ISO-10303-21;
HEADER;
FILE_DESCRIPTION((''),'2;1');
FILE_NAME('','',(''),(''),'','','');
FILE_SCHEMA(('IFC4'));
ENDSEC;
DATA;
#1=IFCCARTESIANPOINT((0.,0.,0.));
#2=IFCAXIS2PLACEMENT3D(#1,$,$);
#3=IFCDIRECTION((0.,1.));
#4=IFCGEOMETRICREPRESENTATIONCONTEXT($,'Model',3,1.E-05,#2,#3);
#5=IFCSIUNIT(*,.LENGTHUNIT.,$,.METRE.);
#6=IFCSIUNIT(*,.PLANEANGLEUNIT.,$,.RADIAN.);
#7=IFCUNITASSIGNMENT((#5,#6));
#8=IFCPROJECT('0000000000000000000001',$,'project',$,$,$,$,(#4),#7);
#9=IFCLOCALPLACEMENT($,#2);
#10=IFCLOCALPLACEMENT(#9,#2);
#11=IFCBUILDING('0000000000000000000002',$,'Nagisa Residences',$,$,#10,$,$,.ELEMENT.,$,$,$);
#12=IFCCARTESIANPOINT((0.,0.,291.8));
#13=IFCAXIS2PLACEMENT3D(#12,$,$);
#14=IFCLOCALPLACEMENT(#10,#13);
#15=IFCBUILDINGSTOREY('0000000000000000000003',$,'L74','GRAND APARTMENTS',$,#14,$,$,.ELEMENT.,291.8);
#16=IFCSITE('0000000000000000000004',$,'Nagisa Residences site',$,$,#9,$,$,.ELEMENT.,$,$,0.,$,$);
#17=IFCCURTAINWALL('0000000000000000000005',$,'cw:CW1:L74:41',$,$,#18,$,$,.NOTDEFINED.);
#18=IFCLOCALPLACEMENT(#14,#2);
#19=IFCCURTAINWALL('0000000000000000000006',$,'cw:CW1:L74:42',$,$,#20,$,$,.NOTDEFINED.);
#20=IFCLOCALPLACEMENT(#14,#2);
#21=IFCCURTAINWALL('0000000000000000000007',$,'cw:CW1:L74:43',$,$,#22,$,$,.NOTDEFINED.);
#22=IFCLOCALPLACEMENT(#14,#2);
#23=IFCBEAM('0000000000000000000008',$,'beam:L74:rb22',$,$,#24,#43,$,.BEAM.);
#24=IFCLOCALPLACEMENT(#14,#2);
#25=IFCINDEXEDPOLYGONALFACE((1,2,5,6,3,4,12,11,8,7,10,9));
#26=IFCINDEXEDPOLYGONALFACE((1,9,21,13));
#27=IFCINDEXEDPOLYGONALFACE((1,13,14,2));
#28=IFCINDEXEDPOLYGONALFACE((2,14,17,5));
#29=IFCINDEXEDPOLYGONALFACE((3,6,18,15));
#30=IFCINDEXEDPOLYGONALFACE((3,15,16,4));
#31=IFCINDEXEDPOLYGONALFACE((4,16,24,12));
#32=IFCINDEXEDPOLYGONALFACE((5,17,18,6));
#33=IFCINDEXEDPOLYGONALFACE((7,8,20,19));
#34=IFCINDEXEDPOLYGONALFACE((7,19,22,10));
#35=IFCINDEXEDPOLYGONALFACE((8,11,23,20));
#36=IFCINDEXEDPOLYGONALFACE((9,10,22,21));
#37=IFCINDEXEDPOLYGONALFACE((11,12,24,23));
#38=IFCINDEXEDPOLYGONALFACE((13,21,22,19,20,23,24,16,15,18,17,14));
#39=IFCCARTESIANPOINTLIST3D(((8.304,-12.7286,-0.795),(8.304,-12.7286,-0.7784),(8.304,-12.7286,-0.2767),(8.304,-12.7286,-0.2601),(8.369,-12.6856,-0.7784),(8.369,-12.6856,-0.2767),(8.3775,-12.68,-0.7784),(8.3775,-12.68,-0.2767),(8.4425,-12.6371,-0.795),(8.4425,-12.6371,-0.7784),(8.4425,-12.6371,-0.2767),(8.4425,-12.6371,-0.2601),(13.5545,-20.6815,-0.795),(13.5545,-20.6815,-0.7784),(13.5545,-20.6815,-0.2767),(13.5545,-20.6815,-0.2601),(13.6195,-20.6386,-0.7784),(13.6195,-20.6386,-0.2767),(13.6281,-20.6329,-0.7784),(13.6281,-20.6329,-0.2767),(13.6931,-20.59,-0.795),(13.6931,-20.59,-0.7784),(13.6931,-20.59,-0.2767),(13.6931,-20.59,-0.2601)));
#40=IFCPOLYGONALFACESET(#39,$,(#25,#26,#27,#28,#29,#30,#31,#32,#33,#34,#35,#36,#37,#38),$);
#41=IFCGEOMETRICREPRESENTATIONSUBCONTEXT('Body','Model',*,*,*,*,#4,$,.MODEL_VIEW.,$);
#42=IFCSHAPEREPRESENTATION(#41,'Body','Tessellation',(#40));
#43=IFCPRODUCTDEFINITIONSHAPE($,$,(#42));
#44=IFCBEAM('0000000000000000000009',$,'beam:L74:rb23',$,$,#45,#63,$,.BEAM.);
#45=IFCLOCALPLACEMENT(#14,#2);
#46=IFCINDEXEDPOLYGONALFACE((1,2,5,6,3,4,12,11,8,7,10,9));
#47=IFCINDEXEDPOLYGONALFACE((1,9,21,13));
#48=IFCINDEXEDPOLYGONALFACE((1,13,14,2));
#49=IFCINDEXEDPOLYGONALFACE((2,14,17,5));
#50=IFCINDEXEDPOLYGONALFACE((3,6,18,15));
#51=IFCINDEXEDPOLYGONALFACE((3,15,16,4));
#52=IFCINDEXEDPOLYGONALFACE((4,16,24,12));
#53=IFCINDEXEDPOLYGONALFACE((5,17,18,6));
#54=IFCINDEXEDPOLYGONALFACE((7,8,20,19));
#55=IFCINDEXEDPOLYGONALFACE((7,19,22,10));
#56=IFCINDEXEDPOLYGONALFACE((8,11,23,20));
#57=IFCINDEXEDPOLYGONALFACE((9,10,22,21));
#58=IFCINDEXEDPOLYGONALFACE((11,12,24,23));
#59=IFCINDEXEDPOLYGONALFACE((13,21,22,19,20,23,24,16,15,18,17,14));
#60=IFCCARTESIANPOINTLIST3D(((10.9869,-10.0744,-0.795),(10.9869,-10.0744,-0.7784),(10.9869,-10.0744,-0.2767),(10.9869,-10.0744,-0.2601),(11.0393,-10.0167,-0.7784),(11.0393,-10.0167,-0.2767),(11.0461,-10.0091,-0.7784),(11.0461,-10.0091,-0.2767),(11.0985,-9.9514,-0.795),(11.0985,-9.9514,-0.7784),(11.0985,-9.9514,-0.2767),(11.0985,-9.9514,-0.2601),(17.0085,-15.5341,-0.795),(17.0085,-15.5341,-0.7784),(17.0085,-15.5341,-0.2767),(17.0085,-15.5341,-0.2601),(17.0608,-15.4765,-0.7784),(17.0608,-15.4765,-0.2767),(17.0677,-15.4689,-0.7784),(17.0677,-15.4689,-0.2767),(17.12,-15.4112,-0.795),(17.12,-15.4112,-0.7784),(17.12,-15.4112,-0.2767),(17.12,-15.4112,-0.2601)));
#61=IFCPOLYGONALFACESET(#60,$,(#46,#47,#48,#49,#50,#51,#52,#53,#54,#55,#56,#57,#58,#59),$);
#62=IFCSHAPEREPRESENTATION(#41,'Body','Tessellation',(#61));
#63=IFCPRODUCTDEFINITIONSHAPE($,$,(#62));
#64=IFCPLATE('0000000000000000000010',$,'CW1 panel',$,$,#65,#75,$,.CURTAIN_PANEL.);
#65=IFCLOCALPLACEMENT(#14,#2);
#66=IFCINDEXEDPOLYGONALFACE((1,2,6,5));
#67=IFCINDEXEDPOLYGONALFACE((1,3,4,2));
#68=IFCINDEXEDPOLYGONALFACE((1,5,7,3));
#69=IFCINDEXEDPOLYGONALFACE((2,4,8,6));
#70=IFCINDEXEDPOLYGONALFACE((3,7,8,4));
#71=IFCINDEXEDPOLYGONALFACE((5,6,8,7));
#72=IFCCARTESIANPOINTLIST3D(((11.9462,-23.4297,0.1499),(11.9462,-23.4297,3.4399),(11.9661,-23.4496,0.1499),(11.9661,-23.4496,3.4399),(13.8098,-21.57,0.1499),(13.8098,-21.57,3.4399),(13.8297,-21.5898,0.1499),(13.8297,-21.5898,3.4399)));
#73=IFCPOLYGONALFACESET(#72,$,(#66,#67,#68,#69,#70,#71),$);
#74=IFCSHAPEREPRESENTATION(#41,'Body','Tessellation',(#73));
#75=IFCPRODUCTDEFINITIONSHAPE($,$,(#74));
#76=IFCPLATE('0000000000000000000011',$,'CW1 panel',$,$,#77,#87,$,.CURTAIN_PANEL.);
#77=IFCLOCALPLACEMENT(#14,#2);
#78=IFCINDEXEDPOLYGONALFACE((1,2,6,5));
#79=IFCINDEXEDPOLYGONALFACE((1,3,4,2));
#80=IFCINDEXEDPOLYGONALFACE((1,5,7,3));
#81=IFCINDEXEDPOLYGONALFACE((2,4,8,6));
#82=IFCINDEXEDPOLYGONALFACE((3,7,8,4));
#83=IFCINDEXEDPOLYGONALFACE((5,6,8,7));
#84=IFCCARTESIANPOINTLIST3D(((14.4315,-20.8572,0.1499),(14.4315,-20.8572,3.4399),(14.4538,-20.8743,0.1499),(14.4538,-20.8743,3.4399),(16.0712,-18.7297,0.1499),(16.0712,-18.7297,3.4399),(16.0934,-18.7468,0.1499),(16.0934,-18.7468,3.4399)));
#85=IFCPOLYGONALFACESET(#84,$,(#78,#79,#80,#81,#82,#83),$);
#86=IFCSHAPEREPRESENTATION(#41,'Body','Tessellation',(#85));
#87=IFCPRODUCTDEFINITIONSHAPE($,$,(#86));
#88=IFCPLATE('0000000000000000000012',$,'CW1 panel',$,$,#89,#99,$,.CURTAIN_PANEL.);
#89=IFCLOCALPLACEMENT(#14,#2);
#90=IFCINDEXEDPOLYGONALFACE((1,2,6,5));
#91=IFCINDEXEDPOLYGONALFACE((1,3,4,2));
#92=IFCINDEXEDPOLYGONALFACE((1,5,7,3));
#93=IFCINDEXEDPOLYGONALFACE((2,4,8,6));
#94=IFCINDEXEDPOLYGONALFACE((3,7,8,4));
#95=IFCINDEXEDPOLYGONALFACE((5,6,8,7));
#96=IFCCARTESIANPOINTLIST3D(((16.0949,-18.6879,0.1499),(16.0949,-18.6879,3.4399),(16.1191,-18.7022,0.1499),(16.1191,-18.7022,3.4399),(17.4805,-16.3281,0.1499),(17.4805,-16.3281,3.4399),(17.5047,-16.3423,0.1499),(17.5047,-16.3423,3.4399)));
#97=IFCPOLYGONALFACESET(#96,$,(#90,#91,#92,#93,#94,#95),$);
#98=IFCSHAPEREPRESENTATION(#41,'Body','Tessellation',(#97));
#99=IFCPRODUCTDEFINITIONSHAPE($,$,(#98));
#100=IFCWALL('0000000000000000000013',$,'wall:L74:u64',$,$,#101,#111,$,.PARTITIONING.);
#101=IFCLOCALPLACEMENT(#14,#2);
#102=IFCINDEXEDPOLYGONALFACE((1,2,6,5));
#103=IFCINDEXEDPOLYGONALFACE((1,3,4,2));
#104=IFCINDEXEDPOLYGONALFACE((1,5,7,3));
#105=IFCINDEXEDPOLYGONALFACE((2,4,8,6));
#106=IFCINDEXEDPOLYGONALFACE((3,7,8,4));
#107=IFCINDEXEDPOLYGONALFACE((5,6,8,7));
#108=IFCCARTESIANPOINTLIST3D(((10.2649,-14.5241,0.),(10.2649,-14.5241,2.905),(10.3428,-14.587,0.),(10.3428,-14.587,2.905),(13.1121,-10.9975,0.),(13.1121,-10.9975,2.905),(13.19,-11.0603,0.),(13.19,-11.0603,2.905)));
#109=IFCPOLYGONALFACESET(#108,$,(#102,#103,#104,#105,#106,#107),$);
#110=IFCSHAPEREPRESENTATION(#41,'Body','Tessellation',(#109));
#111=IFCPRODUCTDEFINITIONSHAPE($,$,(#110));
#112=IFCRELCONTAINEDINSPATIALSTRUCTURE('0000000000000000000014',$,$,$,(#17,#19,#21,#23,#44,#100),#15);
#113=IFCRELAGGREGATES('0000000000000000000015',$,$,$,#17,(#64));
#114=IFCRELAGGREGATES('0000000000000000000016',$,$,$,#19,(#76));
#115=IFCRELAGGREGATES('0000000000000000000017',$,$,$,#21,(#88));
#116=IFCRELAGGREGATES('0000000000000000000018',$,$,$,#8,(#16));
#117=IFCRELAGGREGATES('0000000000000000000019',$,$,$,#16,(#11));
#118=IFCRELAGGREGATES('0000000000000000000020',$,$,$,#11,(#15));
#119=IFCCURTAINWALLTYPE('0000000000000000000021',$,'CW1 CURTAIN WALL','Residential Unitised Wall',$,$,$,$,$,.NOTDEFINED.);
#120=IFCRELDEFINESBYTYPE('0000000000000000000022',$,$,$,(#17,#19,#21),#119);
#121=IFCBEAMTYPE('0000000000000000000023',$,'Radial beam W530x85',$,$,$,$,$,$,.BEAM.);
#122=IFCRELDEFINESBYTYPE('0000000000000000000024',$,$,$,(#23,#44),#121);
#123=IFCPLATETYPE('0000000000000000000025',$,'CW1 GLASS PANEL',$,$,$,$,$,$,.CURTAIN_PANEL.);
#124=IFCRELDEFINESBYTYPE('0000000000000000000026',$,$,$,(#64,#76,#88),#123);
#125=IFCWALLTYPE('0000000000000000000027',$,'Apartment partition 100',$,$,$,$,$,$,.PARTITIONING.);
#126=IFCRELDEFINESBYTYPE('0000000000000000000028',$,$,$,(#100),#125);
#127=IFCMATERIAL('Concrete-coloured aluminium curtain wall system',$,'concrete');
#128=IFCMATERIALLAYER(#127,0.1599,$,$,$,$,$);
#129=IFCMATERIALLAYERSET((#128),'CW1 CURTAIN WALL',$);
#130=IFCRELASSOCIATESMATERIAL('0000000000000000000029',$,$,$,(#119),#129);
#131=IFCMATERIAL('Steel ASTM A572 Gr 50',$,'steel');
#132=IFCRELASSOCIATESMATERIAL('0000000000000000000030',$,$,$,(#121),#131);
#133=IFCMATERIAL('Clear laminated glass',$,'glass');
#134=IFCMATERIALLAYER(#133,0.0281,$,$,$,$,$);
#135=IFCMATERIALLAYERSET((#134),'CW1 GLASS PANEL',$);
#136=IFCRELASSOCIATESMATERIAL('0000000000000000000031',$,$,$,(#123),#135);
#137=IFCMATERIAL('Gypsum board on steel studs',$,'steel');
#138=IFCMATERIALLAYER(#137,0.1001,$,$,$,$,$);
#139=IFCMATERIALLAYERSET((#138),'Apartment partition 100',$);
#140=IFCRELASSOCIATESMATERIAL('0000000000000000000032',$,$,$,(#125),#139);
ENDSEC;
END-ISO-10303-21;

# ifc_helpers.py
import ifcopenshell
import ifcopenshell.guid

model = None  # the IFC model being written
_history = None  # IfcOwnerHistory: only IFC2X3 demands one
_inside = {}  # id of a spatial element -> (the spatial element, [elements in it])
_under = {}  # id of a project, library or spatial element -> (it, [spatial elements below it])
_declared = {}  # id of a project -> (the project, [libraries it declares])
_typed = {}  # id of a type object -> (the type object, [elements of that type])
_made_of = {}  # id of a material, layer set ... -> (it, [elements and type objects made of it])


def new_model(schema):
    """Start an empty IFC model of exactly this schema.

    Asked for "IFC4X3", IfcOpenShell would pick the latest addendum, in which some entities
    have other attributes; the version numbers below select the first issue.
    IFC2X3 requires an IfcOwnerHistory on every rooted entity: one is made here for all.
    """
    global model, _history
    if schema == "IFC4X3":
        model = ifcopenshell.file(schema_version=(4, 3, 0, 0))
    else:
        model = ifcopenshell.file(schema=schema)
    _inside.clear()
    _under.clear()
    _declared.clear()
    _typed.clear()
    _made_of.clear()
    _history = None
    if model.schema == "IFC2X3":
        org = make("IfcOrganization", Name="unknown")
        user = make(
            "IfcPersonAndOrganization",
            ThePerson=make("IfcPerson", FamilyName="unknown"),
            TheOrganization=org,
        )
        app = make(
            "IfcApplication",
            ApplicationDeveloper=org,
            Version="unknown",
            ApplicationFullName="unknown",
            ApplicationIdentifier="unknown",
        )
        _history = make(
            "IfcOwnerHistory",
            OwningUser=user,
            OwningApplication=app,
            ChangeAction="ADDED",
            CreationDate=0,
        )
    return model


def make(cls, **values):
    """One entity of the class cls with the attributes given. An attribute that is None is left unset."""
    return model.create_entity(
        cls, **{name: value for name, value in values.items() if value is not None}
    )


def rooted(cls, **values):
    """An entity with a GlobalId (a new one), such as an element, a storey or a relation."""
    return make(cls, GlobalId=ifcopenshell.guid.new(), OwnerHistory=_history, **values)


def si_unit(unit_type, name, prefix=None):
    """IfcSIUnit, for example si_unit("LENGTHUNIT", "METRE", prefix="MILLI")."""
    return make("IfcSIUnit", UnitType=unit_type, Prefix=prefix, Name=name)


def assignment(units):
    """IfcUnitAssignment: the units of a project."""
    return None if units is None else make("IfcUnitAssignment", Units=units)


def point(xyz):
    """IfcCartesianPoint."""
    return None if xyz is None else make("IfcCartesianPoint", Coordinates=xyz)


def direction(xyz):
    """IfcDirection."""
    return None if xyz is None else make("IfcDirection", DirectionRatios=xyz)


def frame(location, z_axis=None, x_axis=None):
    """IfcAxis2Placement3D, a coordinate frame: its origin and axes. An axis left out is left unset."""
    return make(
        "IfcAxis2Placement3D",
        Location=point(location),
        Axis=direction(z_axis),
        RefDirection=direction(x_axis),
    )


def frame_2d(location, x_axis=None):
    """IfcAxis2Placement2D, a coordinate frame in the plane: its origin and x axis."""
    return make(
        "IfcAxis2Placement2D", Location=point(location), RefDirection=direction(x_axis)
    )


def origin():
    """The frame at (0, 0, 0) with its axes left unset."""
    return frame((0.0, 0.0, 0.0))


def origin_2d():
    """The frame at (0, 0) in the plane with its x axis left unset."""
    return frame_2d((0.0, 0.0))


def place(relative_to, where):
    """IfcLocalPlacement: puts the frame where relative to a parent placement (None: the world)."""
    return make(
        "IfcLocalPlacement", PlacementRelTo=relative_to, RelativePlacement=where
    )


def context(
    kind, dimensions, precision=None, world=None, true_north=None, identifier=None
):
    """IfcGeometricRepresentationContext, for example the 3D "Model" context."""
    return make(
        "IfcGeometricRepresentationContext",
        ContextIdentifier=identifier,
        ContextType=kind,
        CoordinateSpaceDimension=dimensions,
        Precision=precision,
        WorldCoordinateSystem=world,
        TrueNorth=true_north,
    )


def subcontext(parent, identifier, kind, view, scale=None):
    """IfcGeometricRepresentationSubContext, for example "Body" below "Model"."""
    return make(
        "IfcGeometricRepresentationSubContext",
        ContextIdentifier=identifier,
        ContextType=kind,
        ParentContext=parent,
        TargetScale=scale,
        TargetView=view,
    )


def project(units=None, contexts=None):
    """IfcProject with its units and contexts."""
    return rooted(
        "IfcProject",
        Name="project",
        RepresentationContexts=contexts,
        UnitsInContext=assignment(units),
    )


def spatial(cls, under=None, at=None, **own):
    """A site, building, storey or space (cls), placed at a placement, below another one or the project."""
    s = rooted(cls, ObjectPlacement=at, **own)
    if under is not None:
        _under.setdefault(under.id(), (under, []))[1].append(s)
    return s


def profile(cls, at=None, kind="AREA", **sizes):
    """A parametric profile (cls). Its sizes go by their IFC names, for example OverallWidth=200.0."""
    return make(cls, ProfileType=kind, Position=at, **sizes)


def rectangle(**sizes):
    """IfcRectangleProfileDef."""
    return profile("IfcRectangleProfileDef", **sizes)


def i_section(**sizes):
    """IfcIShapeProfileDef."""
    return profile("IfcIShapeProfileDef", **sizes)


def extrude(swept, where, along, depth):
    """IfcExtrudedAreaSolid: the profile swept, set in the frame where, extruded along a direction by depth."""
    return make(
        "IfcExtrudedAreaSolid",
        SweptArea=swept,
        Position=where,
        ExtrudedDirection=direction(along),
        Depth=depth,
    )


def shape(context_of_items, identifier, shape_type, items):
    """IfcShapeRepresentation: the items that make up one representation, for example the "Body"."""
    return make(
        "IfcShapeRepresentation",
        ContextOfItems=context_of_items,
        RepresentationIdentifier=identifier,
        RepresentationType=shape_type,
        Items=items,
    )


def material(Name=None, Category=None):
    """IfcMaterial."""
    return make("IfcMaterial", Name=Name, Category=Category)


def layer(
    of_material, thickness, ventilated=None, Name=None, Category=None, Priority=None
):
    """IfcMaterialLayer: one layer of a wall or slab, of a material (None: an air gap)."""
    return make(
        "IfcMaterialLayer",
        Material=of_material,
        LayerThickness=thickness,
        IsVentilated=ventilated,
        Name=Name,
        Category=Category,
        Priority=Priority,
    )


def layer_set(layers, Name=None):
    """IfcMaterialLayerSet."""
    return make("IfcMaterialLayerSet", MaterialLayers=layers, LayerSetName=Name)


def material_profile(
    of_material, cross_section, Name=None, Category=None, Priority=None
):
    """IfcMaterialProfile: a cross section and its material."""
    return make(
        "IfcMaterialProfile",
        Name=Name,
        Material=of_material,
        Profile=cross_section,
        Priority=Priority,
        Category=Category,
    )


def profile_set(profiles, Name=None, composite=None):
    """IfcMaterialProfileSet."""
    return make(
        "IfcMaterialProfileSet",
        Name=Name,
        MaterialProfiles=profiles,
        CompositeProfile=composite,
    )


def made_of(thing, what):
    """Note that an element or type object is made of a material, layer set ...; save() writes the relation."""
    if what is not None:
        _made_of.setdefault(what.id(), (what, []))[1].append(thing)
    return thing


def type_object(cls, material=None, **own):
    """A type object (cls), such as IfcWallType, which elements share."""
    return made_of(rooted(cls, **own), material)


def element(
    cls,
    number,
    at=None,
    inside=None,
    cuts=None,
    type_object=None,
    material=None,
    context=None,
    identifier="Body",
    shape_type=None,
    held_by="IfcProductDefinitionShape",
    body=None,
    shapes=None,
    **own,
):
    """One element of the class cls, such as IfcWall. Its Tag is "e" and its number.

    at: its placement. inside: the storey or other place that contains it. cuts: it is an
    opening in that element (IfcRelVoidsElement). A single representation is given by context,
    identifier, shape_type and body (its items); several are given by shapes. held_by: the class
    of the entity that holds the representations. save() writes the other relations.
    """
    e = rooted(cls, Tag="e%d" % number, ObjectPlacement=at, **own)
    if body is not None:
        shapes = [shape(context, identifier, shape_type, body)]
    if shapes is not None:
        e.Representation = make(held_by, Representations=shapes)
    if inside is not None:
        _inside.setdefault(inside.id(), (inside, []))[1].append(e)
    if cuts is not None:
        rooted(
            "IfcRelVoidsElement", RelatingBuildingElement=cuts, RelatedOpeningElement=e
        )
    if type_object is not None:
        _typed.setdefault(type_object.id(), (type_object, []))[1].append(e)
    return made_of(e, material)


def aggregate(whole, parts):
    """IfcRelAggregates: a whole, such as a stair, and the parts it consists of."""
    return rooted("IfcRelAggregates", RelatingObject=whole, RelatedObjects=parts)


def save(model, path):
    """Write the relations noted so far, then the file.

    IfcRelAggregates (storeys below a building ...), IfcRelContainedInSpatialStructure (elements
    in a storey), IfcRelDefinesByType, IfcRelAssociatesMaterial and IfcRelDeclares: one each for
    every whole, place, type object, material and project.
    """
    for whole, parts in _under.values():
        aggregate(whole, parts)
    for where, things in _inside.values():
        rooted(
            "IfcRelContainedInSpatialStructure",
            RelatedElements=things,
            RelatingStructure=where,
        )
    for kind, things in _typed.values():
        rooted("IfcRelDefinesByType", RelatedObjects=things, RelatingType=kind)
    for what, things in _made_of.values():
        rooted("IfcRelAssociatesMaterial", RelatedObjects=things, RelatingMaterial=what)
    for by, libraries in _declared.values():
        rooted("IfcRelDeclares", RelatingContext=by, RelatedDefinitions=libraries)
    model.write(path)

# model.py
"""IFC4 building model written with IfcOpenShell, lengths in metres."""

from ifc_helpers import new_model, si_unit, direction, frame, frame_2d, origin, origin_2d, place, context, subcontext, project, spatial, rectangle, i_section, extrude, material, layer, layer_set, material_profile, profile_set, type_object, element, aggregate, save


model = new_model("IFC4")

# Units and contexts
model_context = context("Model", 3, precision=1e-05, world=origin(), true_north=direction((0.0, 1.0)))
body_context = subcontext(model_context, "Body", "Model", "MODEL_VIEW")
ifc_project = project(units=[si_unit("LENGTHUNIT", "METRE"), si_unit("PLANEANGLEUNIT", "RADIAN")], contexts=[model_context])

# Site, building, storey
site_placement = place(None, origin())
site = spatial("IfcSite", under=ifc_project, at=site_placement, Name="Nagisa Residences site", CompositionType="ELEMENT", RefElevation=0.0)
building_placement = place(site_placement, origin())
building = spatial("IfcBuilding", under=site, at=building_placement, Name="Nagisa Residences", CompositionType="ELEMENT")
storey_placement = place(building_placement, frame((0.0, 0.0, 291.8)))
storey = spatial("IfcBuildingStorey", under=building, at=storey_placement, Name="L74", Description="GRAND APARTMENTS", CompositionType="ELEMENT", Elevation=291.8)

# Curtain walls
ifc_material_1 = material(Name="Concrete-coloured aluminium curtain wall system", Category="concrete")
ifc_layer_1 = layer(ifc_material_1, 0.1599)
ifc_layer_set_1 = layer_set([ifc_layer_1], Name="CW1 CURTAIN WALL")
curtain_wall_type = type_object("IfcCurtainWallType", Name="CW1 CURTAIN WALL", Description="Residential Unitised Wall", PredefinedType="NOTDEFINED", material=ifc_layer_set_1)
curtain_wall_1_placement = place(storey_placement, origin())
curtain_wall_1 = element("IfcCurtainWall", 1, at=curtain_wall_1_placement, inside=storey, type_object=curtain_wall_type, Name="cw:CW1:L74:41", PredefinedType="NOTDEFINED")
curtain_wall_2_placement = place(storey_placement, origin())
curtain_wall_2 = element("IfcCurtainWall", 2, at=curtain_wall_2_placement, inside=storey, type_object=curtain_wall_type, Name="cw:CW1:L74:42", PredefinedType="NOTDEFINED")
curtain_wall_3_placement = place(storey_placement, origin())
curtain_wall_3 = element("IfcCurtainWall", 3, at=curtain_wall_3_placement, inside=storey, type_object=curtain_wall_type, Name="cw:CW1:L74:43", PredefinedType="NOTDEFINED")

# Beams
ifc_material_2 = material(Name="Steel ASTM A572 Gr 50", Category="steel")
ifc_material_profile_1 = material_profile(ifc_material_2, i_section(OverallWidth=0.166, OverallDepth=0.5349, WebThickness=0.0103, FlangeThickness=0.0166, at=origin_2d()), Name="W530x85")
ifc_profile_set_1 = profile_set([ifc_material_profile_1], Name="Steel ASTM A572 Gr 50")
beam_type_1 = type_object("IfcBeamType", Name="Radial beam W530x85", PredefinedType="BEAM", material=ifc_profile_set_1)
beam_1_placement = place(storey_placement, frame((13.6238, -20.6357, -0.5276), z_axis=(-0.550958, 0.834533, 0.0), x_axis=(-0.834533, -0.550958, 0.0)))
element("IfcBeam", 4, at=beam_1_placement, inside=storey, type_object=beam_type_1, Name="beam:L74:rb22", PredefinedType="BEAM", context=body_context, shape_type="SweptSolid", body=[
    extrude(i_section(OverallWidth=0.166, OverallDepth=0.5349, WebThickness=0.0103, FlangeThickness=0.0166, at=origin_2d()), origin(), (0.0, 0.0, 1.0), 9.5298),
])
beam_2_placement = place(storey_placement, frame((17.0642, -15.4727, -0.5276), z_axis=(-0.740819, 0.671705, 0.0), x_axis=(-0.671705, -0.740819, 0.0)))
element("IfcBeam", 5, at=beam_2_placement, inside=storey, type_object=beam_type_1, Name="beam:L74:rb23", PredefinedType="BEAM", context=body_context, shape_type="SweptSolid", body=[
    extrude(i_section(OverallWidth=0.166, OverallDepth=0.5349, WebThickness=0.0103, FlangeThickness=0.0166, at=origin_2d()), origin(), (0.0, 0.0, 1.0), 8.1282),
])

# Plates
ifc_material_3 = material(Name="Clear laminated glass", Category="glass")
ifc_layer_2 = layer(ifc_material_3, 0.0281)
ifc_layer_set_2 = layer_set([ifc_layer_2], Name="CW1 GLASS PANEL")
plate_type = type_object("IfcPlateType", Name="CW1 GLASS PANEL", PredefinedType="CURTAIN_PANEL", material=ifc_layer_set_2)
plate_1_placement = place(storey_placement, frame((12.8879, -22.5098, 0.1499), z_axis=(0.0, 0.0, 1.0), x_axis=(0.707836, 0.706377, 0.0)))
plate_1 = element("IfcPlate", 6, at=plate_1_placement, type_object=plate_type, Name="CW1 panel", PredefinedType="CURTAIN_PANEL", context=body_context, shape_type="SweptSolid", body=[
    extrude(rectangle(XDim=2.6328, YDim=0.0281, at=origin_2d()), origin(), (0.0, 0.0, 1.0), 3.29),
])
aggregate(curtain_wall_1, [plate_1])
plate_2_placement = place(storey_placement, frame((15.2625, -19.802, 0.1499), z_axis=(0.0, 0.0, 1.0), x_axis=(0.61043, 0.79207, 0.0)))
plate_2 = element("IfcPlate", 7, at=plate_2_placement, type_object=plate_type, Name="CW1 panel", PredefinedType="CURTAIN_PANEL", context=body_context, shape_type="SweptSolid", body=[
    extrude(rectangle(XDim=2.686, YDim=0.0281, at=origin_2d()), origin(), (0.0, 0.0, 1.0), 3.29),
])
aggregate(curtain_wall_2, [plate_2])
plate_3_placement = place(storey_placement, frame((16.7998, -17.5151, 0.1499), z_axis=(0.0, 0.0, 1.0), x_axis=(0.506349, 0.862329, 0.0)))
plate_3 = element("IfcPlate", 8, at=plate_3_placement, type_object=plate_type, Name="CW1 panel", PredefinedType="CURTAIN_PANEL", context=body_context, shape_type="SweptSolid", body=[
    extrude(rectangle(XDim=2.7366, YDim=0.0281, at=origin_2d()), origin(), (0.0, 0.0, 1.0), 3.29),
])
aggregate(curtain_wall_3, [plate_3])

# Wall
ifc_material_4 = material(Name="Gypsum board on steel studs", Category="steel")
ifc_layer_3 = layer(ifc_material_4, 0.1001)
ifc_layer_set_3 = layer_set([ifc_layer_3], Name="Apartment partition 100")
wall_type_1 = type_object("IfcWallType", Name="Apartment partition 100", PredefinedType="PARTITIONING", material=ifc_layer_set_3)
wall_1_placement = place(storey_placement, frame((10.304, -14.5554, 0.0), z_axis=(0.0, 0.0, 1.0), x_axis=(0.62817, 0.778076, 0.0)))
element("IfcWall", 9, at=wall_1_placement, inside=storey, type_object=wall_type_1, Name="wall:L74:u64", PredefinedType="PARTITIONING", context=body_context, shape_type="SweptSolid", body=[
    extrude(rectangle(XDim=4.5325, YDim=0.1001, at=frame_2d((2.2661, 0.0))), origin(), (0.0, 0.0, 1.0), 2.905),
])

save(model, "model.ifc")
